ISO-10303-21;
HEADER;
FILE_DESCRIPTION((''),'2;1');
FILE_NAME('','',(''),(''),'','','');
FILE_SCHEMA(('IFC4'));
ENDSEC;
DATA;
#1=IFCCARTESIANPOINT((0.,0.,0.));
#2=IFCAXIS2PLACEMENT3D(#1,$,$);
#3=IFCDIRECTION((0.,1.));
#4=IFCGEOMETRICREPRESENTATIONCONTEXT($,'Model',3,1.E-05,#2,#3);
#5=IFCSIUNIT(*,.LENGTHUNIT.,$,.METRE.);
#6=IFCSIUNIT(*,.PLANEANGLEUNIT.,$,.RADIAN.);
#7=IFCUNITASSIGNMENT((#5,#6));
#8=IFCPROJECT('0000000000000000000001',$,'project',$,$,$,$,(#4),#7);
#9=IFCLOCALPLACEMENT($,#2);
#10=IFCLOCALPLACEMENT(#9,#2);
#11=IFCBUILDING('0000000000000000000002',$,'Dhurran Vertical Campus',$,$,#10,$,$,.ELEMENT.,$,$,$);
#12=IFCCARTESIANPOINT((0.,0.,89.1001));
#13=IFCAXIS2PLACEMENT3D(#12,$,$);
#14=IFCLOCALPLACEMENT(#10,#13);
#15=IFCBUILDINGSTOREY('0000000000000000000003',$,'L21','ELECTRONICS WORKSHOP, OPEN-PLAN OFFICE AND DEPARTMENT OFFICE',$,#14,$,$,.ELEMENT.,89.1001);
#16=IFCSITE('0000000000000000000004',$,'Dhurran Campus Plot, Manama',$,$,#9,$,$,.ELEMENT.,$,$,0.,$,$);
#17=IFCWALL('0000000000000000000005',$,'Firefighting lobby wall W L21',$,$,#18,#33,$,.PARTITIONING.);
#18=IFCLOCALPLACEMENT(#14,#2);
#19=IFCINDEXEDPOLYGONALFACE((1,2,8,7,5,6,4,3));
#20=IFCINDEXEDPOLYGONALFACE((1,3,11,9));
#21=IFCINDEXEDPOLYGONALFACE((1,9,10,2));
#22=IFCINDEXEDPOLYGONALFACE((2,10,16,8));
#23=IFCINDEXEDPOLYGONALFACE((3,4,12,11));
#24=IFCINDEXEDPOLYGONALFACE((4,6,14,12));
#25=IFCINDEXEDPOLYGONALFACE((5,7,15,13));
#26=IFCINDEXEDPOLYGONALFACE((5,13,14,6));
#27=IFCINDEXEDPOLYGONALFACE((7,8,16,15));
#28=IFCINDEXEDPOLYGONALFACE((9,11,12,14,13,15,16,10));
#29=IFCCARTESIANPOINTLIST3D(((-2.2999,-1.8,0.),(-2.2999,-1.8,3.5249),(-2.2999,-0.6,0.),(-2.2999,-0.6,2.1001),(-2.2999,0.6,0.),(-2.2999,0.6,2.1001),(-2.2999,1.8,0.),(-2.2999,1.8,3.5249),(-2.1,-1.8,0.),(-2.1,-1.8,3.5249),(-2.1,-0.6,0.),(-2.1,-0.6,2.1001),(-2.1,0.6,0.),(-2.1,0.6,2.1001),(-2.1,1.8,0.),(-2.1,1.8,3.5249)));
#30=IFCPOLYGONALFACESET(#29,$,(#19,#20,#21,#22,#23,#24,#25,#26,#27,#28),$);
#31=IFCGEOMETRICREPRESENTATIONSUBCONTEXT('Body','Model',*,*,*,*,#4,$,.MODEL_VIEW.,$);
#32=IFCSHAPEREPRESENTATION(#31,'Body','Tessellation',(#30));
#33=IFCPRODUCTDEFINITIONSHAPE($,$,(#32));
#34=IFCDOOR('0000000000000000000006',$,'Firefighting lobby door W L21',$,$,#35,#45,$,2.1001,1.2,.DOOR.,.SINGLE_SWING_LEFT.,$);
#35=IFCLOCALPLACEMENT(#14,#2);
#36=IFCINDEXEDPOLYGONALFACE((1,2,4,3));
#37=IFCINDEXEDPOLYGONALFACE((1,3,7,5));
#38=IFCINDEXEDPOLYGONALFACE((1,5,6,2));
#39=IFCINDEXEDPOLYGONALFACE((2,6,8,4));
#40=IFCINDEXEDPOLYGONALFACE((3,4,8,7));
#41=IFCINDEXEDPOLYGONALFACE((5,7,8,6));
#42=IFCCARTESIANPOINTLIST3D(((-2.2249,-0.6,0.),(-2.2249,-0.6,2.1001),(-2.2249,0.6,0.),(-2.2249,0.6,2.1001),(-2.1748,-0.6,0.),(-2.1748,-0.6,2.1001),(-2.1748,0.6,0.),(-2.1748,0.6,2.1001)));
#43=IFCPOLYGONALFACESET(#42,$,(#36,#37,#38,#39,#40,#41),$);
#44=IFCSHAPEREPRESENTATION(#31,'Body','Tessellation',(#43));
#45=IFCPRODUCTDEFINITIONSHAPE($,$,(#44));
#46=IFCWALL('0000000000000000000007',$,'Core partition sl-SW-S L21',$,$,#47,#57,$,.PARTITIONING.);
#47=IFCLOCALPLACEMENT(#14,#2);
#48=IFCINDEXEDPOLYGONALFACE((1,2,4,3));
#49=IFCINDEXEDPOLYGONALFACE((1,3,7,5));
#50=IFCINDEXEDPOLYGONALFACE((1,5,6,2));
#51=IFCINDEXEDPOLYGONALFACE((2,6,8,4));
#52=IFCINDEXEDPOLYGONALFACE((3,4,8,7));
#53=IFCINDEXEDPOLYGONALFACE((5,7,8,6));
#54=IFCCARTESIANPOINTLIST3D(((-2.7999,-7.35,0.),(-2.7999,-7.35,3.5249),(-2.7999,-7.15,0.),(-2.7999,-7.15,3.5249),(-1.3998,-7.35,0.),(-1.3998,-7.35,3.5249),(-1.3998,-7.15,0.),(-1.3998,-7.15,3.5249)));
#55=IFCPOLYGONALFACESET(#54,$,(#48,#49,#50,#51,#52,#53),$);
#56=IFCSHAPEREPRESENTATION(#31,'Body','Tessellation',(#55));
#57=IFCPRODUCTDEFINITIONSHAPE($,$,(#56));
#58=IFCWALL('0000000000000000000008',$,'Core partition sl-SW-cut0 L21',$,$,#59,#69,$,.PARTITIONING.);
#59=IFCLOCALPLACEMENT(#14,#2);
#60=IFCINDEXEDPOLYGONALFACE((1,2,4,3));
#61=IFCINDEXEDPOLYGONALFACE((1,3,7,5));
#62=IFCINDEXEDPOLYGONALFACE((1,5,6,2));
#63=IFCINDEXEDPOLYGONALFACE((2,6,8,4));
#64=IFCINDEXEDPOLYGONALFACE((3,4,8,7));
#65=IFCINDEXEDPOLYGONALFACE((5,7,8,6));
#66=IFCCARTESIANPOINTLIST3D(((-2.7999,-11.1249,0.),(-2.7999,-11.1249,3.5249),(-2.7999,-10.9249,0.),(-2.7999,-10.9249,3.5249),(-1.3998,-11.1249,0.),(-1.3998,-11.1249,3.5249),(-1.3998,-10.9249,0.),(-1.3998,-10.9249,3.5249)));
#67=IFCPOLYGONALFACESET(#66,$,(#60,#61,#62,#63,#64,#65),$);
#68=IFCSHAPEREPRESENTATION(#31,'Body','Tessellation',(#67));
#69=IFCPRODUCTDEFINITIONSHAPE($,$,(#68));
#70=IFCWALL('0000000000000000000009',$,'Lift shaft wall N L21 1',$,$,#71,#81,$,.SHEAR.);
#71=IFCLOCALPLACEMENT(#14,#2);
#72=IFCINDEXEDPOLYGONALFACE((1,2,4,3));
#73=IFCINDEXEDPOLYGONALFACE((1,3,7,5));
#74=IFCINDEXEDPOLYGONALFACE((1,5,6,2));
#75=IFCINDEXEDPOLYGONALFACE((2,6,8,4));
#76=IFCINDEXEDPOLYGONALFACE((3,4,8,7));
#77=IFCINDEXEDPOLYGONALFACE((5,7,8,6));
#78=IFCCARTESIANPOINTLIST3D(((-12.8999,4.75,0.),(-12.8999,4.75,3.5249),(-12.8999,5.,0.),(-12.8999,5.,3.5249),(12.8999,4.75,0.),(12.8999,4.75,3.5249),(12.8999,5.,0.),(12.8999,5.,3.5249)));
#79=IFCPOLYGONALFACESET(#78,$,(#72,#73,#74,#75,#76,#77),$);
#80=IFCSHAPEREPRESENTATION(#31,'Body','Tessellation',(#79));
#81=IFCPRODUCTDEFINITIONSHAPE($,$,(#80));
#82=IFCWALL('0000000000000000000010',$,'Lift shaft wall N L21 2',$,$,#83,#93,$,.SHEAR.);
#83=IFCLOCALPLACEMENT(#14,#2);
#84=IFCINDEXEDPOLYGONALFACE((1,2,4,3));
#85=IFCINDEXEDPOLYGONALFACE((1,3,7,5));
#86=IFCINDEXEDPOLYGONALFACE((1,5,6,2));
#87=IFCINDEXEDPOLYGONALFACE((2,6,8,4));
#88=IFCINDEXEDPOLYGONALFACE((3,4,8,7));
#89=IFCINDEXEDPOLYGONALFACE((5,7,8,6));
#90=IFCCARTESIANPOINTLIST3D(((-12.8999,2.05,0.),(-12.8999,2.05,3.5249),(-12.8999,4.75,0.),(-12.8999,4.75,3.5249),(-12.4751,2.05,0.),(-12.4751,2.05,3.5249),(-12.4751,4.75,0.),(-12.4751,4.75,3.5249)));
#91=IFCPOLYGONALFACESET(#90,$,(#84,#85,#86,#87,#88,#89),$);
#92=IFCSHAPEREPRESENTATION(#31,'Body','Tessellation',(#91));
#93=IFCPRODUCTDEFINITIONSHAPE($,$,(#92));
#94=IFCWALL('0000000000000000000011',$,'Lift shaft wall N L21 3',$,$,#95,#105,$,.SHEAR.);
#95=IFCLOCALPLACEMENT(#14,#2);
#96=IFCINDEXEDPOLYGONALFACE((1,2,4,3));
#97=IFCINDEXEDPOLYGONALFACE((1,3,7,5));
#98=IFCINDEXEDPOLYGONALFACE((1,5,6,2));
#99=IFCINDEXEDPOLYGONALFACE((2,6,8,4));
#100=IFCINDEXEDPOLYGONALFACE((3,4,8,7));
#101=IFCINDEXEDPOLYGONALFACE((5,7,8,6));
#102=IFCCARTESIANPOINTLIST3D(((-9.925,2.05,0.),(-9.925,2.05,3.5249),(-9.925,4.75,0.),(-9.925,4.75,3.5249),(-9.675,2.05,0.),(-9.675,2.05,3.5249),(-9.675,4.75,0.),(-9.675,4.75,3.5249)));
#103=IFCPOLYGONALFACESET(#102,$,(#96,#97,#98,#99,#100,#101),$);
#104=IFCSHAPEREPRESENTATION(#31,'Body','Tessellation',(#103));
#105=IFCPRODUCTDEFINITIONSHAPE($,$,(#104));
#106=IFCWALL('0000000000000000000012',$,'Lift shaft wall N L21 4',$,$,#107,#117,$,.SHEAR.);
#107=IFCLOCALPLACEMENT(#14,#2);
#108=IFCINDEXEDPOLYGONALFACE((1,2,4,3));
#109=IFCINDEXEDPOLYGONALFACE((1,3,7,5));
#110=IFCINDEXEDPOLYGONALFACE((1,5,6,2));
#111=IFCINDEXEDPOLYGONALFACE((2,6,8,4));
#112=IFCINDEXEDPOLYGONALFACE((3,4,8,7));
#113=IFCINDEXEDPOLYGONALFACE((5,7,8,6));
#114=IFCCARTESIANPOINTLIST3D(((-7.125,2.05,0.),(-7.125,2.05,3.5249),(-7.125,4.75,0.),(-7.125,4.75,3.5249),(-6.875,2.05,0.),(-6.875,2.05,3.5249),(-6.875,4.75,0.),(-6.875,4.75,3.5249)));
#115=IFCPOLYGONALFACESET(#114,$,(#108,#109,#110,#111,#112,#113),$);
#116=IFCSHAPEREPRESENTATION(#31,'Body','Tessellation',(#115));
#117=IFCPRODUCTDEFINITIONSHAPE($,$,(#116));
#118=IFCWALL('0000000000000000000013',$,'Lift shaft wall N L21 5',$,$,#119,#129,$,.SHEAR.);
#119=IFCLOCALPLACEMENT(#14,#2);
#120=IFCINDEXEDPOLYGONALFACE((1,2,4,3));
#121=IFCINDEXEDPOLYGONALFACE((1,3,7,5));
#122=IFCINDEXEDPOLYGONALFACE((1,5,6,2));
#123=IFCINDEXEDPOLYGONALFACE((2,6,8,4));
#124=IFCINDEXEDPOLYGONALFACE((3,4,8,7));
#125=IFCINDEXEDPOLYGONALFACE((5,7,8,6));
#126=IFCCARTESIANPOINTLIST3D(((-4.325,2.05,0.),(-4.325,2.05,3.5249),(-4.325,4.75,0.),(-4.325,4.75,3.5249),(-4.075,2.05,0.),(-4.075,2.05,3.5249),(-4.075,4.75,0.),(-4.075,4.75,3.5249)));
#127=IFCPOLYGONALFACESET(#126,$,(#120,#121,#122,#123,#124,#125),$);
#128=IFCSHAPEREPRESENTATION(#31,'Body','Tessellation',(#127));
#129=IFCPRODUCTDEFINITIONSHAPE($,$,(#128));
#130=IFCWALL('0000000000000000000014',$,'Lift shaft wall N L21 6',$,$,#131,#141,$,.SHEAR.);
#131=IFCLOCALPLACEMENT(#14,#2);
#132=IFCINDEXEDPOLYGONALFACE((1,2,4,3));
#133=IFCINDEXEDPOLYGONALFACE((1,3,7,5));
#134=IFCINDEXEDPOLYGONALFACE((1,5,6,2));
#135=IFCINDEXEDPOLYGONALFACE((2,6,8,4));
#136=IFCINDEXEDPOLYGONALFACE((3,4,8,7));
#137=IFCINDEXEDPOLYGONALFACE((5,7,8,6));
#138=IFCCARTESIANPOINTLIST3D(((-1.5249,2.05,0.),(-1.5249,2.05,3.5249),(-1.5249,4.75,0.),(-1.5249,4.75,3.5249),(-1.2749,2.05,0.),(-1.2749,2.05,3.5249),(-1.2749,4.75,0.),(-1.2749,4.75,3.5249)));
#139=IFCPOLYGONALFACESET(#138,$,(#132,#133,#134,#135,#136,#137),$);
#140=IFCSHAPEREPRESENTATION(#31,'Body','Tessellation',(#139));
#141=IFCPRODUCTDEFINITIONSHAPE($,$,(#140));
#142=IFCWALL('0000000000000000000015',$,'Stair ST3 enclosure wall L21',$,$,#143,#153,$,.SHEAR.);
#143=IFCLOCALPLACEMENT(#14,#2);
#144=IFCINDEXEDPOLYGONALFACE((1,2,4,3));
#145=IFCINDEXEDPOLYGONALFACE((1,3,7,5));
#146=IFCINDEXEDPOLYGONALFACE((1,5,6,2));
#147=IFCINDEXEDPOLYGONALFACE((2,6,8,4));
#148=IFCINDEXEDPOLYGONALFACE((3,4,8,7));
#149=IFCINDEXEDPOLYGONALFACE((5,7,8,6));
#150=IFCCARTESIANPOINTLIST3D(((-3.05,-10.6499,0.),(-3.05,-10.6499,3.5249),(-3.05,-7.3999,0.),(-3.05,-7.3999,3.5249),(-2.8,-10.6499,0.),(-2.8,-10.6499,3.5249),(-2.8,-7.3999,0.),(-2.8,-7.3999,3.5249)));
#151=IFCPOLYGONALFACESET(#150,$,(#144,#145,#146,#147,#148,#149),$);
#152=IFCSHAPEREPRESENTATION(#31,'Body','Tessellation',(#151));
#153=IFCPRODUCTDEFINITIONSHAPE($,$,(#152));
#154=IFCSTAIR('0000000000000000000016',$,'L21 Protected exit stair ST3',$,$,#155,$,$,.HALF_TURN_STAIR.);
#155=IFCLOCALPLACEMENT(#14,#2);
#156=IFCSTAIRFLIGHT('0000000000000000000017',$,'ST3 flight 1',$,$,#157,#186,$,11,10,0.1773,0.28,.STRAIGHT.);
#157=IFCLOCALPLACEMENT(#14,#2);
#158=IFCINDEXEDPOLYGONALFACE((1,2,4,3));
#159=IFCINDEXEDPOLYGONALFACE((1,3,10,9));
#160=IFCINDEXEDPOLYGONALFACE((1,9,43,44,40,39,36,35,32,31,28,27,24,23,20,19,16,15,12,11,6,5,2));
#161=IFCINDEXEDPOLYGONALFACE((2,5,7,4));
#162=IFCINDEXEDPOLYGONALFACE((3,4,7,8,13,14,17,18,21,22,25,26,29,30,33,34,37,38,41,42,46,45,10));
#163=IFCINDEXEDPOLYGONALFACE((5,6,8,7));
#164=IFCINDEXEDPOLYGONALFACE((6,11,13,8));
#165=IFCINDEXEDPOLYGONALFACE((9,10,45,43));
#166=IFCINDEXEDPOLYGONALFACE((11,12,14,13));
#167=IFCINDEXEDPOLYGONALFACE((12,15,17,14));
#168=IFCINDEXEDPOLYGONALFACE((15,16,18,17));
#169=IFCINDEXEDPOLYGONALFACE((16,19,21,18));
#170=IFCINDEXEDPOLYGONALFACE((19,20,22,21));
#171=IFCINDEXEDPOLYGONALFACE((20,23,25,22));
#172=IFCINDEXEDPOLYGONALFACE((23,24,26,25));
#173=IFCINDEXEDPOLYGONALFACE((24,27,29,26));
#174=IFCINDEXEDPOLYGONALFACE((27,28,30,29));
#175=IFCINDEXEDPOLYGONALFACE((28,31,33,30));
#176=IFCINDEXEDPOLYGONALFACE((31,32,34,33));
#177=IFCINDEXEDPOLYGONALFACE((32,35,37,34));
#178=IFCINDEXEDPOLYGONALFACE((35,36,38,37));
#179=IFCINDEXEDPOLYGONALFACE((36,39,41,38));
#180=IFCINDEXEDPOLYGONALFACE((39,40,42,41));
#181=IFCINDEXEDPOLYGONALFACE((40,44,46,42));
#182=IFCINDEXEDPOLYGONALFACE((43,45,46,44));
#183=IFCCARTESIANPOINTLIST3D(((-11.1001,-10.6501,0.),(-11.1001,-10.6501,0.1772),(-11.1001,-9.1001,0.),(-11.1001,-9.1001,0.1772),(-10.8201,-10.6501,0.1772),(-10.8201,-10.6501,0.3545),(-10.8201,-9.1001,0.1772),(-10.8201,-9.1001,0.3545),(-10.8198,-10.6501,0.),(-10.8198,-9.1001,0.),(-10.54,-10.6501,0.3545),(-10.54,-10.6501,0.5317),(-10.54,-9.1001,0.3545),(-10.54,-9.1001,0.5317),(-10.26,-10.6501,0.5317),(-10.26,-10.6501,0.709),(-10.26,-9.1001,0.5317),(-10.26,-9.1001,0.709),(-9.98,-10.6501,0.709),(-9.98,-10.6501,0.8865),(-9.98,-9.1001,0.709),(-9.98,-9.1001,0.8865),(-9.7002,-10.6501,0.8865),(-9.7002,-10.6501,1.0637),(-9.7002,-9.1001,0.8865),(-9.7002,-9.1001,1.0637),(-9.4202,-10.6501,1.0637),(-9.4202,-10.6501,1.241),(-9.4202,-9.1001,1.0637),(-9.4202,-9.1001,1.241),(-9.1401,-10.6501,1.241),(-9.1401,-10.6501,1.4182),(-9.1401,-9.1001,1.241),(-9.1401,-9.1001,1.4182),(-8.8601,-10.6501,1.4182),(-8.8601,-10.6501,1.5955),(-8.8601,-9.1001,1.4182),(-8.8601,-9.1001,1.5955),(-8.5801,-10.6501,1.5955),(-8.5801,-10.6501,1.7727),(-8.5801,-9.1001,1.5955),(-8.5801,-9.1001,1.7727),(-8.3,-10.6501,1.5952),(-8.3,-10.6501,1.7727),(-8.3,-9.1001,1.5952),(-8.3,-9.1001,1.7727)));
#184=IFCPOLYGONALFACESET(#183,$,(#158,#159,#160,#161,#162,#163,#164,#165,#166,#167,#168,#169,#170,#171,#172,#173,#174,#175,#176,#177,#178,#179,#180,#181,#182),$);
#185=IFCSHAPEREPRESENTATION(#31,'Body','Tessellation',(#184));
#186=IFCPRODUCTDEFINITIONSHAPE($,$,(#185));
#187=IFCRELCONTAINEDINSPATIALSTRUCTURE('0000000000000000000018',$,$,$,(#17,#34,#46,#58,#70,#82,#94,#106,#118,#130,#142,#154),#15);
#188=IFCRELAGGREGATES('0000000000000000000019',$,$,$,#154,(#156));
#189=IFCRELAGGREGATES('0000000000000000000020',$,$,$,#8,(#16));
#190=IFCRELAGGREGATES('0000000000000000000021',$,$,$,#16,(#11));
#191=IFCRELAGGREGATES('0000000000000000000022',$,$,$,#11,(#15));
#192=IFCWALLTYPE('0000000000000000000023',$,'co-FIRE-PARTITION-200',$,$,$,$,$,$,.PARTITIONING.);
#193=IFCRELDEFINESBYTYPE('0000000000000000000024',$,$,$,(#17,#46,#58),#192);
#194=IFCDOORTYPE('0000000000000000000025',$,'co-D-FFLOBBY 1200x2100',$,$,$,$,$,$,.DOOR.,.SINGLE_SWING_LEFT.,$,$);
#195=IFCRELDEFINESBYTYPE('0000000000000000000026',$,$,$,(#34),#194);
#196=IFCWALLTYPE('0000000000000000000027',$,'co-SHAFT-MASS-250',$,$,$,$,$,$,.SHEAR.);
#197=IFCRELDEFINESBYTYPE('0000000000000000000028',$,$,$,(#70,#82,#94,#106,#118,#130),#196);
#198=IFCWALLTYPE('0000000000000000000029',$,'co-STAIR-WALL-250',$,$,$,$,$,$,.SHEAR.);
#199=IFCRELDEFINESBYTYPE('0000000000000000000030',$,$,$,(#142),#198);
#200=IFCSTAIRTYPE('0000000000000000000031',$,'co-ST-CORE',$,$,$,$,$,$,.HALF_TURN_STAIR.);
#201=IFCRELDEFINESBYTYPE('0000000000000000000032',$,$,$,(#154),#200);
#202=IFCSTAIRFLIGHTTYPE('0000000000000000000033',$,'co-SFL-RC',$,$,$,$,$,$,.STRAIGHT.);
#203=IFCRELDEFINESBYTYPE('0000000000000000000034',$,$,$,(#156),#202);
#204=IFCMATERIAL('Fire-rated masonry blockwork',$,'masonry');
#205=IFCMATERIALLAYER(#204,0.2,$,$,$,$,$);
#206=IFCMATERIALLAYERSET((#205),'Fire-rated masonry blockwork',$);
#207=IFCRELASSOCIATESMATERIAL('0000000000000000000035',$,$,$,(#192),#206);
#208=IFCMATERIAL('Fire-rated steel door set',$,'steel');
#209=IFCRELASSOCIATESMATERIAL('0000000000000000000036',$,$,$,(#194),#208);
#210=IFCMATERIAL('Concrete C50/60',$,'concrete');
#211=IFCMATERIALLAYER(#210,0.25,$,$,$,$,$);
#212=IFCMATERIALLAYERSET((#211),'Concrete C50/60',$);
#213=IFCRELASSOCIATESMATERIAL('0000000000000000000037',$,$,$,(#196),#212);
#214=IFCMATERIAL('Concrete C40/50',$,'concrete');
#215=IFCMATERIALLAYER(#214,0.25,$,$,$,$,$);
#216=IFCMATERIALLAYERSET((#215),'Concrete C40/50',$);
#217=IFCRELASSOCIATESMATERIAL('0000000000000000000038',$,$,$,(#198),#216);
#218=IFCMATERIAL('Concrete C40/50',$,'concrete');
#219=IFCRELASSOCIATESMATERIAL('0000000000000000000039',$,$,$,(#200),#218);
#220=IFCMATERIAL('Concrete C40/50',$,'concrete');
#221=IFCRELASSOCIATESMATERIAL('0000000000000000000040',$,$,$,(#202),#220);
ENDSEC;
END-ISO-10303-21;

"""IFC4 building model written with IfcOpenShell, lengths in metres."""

from ifc_helpers import new_model, si_unit, direction, frame, frame_2d, origin, place, context, subcontext, project, spatial, polyline, rectangle, outline, extrude, material, layer, layer_set, type_object, element, fill, aggregate, save


model = new_model("IFC4")

# Units and contexts
model_context = context("Model", 3, precision=1e-05, world=origin(), true_north=direction((0.0, 1.0)))
body_context = subcontext(model_context, "Body", "Model", "MODEL_VIEW")
ifc_project = project(units=[si_unit("LENGTHUNIT", "METRE"), si_unit("PLANEANGLEUNIT", "RADIAN")], contexts=[model_context])

# Site, building, storey
site_placement = place(None, origin())
site = spatial("IfcSite", under=ifc_project, at=site_placement, Name="Dhurran Campus Plot, Manama", CompositionType="ELEMENT", RefElevation=0.0)
building_placement = place(site_placement, origin())
building = spatial("IfcBuilding", under=site, at=building_placement, Name="Dhurran Vertical Campus", CompositionType="ELEMENT")
storey_placement = place(building_placement, frame((0.0, 0.0, 89.1001)))
storey = spatial("IfcBuildingStorey", under=building, at=storey_placement, Name="L21", Description="ELECTRONICS WORKSHOP, OPEN-PLAN OFFICE AND DEPARTMENT OFFICE", CompositionType="ELEMENT", Elevation=89.1001)

# Wall, opening, door
ifc_material_1 = material(Name="Fire-rated masonry blockwork", Category="masonry")
ifc_layer_1 = layer(ifc_material_1, 0.2)
ifc_layer_set_1 = layer_set([ifc_layer_1], Name="Fire-rated masonry blockwork")
wall_type_1 = type_object("IfcWallType", Name="co-FIRE-PARTITION-200", PredefinedType="PARTITIONING", material=ifc_layer_set_1)
wall_1_placement = place(storey_placement, frame((-2.2, -1.8, 0.0), z_axis=(0.0, 0.0, 1.0), x_axis=(0.0, 1.0, 0.0)))
wall_1 = element("IfcWall", 1, at=wall_1_placement, inside=storey, type_object=wall_type_1, Name="Firefighting lobby wall W L21", PredefinedType="PARTITIONING", context=body_context, shape_type="SweptSolid", body=[
    extrude(rectangle(XDim=3.6001, YDim=0.2, at=frame_2d((1.8, 0.0))), origin(), (0.0, 0.0, 1.0), 3.5249),
])
opening_placement = place(wall_1_placement, frame((1.2, 0.0, 0.0)))
opening = element("IfcOpeningElement", 2, at=opening_placement, cuts=wall_1, PredefinedType="OPENING", context=body_context, shape_type="SweptSolid", body=[
    extrude(rectangle(XDim=1.2, YDim=2.1001, at=frame_2d((0.6001, 1.05))), frame((0.0, 0.1099, 0.0), z_axis=(0.0, -1.0, 0.0), x_axis=(1.0, 0.0, 0.0)), (0.0, 0.0, 1.0), 0.22),
])
ifc_material_2 = material(Name="Fire-rated steel door set", Category="steel")
door_type = type_object("IfcDoorType", Name="co-D-FFLOBBY 1200x2100", OperationType="SINGLE_SWING_LEFT", PredefinedType="DOOR", material=ifc_material_2)
door_placement = place(opening_placement, origin())
door = element("IfcDoor", 3, at=door_placement, inside=storey, type_object=door_type, Name="Firefighting lobby door W L21", OperationType="SINGLE_SWING_LEFT", OverallHeight=2.1001, OverallWidth=1.2, PredefinedType="DOOR", context=body_context, shape_type="SweptSolid", body=[
    extrude(rectangle(XDim=1.2, YDim=2.1001, at=frame_2d((0.6001, 1.05))), frame((0.0, 0.0249, 0.0), z_axis=(0.0, -1.0, 0.0), x_axis=(1.0, 0.0, 0.0)), (0.0, 0.0, 1.0), 0.05),
])
fill(opening, door)

# Walls
for number, where, z_axis, x_axis, name in (
    (4, (-2.8, -7.25, 0.0), (0.0, 0.0, 1.0), (1.0, 0.0, 0.0), "Core partition sl-SW-S L21"),
    (5, (-2.8, -11.0249, 0.0), (0.0, 0.0, 1.0), (1.0, 0.0, 0.0), "Core partition sl-SW-cut0 L21"),
):
    element("IfcWall", number, at=place(storey_placement, frame(where, z_axis=z_axis, x_axis=x_axis)), inside=storey, type_object=wall_type_1, Name=name, PredefinedType="PARTITIONING", context=body_context, shape_type="SweptSolid", body=[
        extrude(rectangle(XDim=1.4001, YDim=0.2, at=frame_2d((0.7002, 0.0))), origin(), (0.0, 0.0, 1.0), 3.5249),
    ])
ifc_material_3 = material(Name="Concrete C50/60", Category="concrete")
ifc_layer_2 = layer(ifc_material_3, 0.25)
ifc_layer_set_2 = layer_set([ifc_layer_2], Name="Concrete C50/60")
wall_type_2 = type_object("IfcWallType", Name="co-SHAFT-MASS-250", PredefinedType="SHEAR", material=ifc_layer_set_2)
wall_2_placement = place(storey_placement, origin())
element("IfcWall", 6, at=wall_2_placement, inside=storey, type_object=wall_type_2, Name="Lift shaft wall N L21 1", PredefinedType="SHEAR", context=body_context, shape_type="SweptSolid", body=[
    extrude(outline(polyline([(-12.8999, 4.75), (12.8999, 4.75), (12.8999, 5.0), (-12.8999, 5.0), (-12.8999, 4.75)])), origin(), (0.0, 0.0, 1.0), 3.5249),
])
wall_3_placement = place(storey_placement, origin())
element("IfcWall", 7, at=wall_3_placement, inside=storey, type_object=wall_type_2, Name="Lift shaft wall N L21 2", PredefinedType="SHEAR", context=body_context, shape_type="SweptSolid", body=[
    extrude(outline(polyline([(-12.8999, 2.05), (-12.4751, 2.05), (-12.4751, 4.75), (-12.8999, 4.75), (-12.8999, 2.05)])), origin(), (0.0, 0.0, 1.0), 3.5249),
])
wall_4_placement = place(storey_placement, origin())
element("IfcWall", 8, at=wall_4_placement, inside=storey, type_object=wall_type_2, Name="Lift shaft wall N L21 3", PredefinedType="SHEAR", context=body_context, shape_type="SweptSolid", body=[
    extrude(outline(polyline([(-9.925, 2.05), (-9.675, 2.05), (-9.675, 4.75), (-9.925, 4.75), (-9.925, 2.05)])), origin(), (0.0, 0.0, 1.0), 3.5249),
])
wall_5_placement = place(storey_placement, origin())
element("IfcWall", 9, at=wall_5_placement, inside=storey, type_object=wall_type_2, Name="Lift shaft wall N L21 4", PredefinedType="SHEAR", context=body_context, shape_type="SweptSolid", body=[
    extrude(outline(polyline([(-7.125, 2.05), (-6.875, 2.05), (-6.875, 4.75), (-7.125, 4.75), (-7.125, 2.05)])), origin(), (0.0, 0.0, 1.0), 3.5249),
])
wall_6_placement = place(storey_placement, origin())
element("IfcWall", 10, at=wall_6_placement, inside=storey, type_object=wall_type_2, Name="Lift shaft wall N L21 5", PredefinedType="SHEAR", context=body_context, shape_type="SweptSolid", body=[
    extrude(outline(polyline([(-4.325, 2.05), (-4.075, 2.05), (-4.075, 4.75), (-4.325, 4.75), (-4.325, 2.05)])), origin(), (0.0, 0.0, 1.0), 3.5249),
])
wall_7_placement = place(storey_placement, origin())
element("IfcWall", 11, at=wall_7_placement, inside=storey, type_object=wall_type_2, Name="Lift shaft wall N L21 6", PredefinedType="SHEAR", context=body_context, shape_type="SweptSolid", body=[
    extrude(outline(polyline([(-1.5249, 2.05), (-1.2749, 2.05), (-1.2749, 4.75), (-1.5249, 4.75), (-1.5249, 2.05)])), origin(), (0.0, 0.0, 1.0), 3.5249),
])
ifc_material_4 = material(Name="Concrete C40/50", Category="concrete")
ifc_layer_3 = layer(ifc_material_4, 0.25)
ifc_layer_set_3 = layer_set([ifc_layer_3], Name="Concrete C40/50")
wall_type_3 = type_object("IfcWallType", Name="co-STAIR-WALL-250", PredefinedType="SHEAR", material=ifc_layer_set_3)
wall_8_placement = place(storey_placement, frame((-2.925, -10.6499, 0.0), z_axis=(0.0, 0.0, 1.0), x_axis=(0.0, 1.0, 0.0)))
element("IfcWall", 12, at=wall_8_placement, inside=storey, type_object=wall_type_3, Name="Stair ST3 enclosure wall L21", PredefinedType="SHEAR", context=body_context, shape_type="SweptSolid", body=[
    extrude(rectangle(XDim=3.25, YDim=0.25, at=frame_2d((1.625, 0.0))), origin(), (0.0, 0.0, 1.0), 3.5249),
])

# Stair, stair flight
ifc_material_5 = material(Name="Concrete C40/50", Category="concrete")
stair_type = type_object("IfcStairType", Name="co-ST-CORE", PredefinedType="HALF_TURN_STAIR", material=ifc_material_5)
stair_placement = place(storey_placement, origin())
stair = element("IfcStair", 13, at=stair_placement, inside=storey, type_object=stair_type, Name="L21 Protected exit stair ST3", PredefinedType="HALF_TURN_STAIR")
ifc_material_6 = material(Name="Concrete C40/50", Category="concrete")
stair_flight_type = type_object("IfcStairFlightType", Name="co-SFL-RC", PredefinedType="STRAIGHT", material=ifc_material_6)
stair_flight_1_placement = place(storey_placement, frame((-11.1001, -9.875, 0.0), z_axis=(0.0, 0.0, 1.0), x_axis=(1.0, 0.0, 0.0)))
stair_flight_1 = element("IfcStairFlight", 14, at=stair_flight_1_placement, type_object=stair_flight_type, Name="ST3 flight 1", NumberOfRisers=11, NumberOfTreads=10, PredefinedType="STRAIGHT", RiserHeight=0.1773, TreadLength=0.28, context=body_context, shape_type="SweptSolid", body=[
    extrude(outline(polyline([(0.0, 0.0), (0.0, 0.1772), (0.28, 0.1772), (0.28, 0.3545), (0.5601, 0.3545), (0.5601, 0.5317), (0.8401, 0.5317), (0.8401, 0.709), (1.1201, 0.709), (1.1201, 0.8865), (1.3999, 0.8865), (1.3999, 1.0637), (1.6799, 1.0637), (1.6799, 1.241), (1.96, 1.241), (1.96, 1.4182), (2.24, 1.4182), (2.24, 1.5955), (2.52, 1.5955), (2.52, 1.7727), (2.8, 1.7727), (2.8, 1.95), (2.8, 1.5952), (0.2803, 0.0), (0.0, 0.0)])), frame((0.0, 0.7749, 0.0), z_axis=(0.0, -1.0, 0.0), x_axis=(1.0, 0.0, 0.0)), (0.0, 0.0, 1.0), 1.55),
])
aggregate(stair, [stair_flight_1])

save(model, "model.ifc")
